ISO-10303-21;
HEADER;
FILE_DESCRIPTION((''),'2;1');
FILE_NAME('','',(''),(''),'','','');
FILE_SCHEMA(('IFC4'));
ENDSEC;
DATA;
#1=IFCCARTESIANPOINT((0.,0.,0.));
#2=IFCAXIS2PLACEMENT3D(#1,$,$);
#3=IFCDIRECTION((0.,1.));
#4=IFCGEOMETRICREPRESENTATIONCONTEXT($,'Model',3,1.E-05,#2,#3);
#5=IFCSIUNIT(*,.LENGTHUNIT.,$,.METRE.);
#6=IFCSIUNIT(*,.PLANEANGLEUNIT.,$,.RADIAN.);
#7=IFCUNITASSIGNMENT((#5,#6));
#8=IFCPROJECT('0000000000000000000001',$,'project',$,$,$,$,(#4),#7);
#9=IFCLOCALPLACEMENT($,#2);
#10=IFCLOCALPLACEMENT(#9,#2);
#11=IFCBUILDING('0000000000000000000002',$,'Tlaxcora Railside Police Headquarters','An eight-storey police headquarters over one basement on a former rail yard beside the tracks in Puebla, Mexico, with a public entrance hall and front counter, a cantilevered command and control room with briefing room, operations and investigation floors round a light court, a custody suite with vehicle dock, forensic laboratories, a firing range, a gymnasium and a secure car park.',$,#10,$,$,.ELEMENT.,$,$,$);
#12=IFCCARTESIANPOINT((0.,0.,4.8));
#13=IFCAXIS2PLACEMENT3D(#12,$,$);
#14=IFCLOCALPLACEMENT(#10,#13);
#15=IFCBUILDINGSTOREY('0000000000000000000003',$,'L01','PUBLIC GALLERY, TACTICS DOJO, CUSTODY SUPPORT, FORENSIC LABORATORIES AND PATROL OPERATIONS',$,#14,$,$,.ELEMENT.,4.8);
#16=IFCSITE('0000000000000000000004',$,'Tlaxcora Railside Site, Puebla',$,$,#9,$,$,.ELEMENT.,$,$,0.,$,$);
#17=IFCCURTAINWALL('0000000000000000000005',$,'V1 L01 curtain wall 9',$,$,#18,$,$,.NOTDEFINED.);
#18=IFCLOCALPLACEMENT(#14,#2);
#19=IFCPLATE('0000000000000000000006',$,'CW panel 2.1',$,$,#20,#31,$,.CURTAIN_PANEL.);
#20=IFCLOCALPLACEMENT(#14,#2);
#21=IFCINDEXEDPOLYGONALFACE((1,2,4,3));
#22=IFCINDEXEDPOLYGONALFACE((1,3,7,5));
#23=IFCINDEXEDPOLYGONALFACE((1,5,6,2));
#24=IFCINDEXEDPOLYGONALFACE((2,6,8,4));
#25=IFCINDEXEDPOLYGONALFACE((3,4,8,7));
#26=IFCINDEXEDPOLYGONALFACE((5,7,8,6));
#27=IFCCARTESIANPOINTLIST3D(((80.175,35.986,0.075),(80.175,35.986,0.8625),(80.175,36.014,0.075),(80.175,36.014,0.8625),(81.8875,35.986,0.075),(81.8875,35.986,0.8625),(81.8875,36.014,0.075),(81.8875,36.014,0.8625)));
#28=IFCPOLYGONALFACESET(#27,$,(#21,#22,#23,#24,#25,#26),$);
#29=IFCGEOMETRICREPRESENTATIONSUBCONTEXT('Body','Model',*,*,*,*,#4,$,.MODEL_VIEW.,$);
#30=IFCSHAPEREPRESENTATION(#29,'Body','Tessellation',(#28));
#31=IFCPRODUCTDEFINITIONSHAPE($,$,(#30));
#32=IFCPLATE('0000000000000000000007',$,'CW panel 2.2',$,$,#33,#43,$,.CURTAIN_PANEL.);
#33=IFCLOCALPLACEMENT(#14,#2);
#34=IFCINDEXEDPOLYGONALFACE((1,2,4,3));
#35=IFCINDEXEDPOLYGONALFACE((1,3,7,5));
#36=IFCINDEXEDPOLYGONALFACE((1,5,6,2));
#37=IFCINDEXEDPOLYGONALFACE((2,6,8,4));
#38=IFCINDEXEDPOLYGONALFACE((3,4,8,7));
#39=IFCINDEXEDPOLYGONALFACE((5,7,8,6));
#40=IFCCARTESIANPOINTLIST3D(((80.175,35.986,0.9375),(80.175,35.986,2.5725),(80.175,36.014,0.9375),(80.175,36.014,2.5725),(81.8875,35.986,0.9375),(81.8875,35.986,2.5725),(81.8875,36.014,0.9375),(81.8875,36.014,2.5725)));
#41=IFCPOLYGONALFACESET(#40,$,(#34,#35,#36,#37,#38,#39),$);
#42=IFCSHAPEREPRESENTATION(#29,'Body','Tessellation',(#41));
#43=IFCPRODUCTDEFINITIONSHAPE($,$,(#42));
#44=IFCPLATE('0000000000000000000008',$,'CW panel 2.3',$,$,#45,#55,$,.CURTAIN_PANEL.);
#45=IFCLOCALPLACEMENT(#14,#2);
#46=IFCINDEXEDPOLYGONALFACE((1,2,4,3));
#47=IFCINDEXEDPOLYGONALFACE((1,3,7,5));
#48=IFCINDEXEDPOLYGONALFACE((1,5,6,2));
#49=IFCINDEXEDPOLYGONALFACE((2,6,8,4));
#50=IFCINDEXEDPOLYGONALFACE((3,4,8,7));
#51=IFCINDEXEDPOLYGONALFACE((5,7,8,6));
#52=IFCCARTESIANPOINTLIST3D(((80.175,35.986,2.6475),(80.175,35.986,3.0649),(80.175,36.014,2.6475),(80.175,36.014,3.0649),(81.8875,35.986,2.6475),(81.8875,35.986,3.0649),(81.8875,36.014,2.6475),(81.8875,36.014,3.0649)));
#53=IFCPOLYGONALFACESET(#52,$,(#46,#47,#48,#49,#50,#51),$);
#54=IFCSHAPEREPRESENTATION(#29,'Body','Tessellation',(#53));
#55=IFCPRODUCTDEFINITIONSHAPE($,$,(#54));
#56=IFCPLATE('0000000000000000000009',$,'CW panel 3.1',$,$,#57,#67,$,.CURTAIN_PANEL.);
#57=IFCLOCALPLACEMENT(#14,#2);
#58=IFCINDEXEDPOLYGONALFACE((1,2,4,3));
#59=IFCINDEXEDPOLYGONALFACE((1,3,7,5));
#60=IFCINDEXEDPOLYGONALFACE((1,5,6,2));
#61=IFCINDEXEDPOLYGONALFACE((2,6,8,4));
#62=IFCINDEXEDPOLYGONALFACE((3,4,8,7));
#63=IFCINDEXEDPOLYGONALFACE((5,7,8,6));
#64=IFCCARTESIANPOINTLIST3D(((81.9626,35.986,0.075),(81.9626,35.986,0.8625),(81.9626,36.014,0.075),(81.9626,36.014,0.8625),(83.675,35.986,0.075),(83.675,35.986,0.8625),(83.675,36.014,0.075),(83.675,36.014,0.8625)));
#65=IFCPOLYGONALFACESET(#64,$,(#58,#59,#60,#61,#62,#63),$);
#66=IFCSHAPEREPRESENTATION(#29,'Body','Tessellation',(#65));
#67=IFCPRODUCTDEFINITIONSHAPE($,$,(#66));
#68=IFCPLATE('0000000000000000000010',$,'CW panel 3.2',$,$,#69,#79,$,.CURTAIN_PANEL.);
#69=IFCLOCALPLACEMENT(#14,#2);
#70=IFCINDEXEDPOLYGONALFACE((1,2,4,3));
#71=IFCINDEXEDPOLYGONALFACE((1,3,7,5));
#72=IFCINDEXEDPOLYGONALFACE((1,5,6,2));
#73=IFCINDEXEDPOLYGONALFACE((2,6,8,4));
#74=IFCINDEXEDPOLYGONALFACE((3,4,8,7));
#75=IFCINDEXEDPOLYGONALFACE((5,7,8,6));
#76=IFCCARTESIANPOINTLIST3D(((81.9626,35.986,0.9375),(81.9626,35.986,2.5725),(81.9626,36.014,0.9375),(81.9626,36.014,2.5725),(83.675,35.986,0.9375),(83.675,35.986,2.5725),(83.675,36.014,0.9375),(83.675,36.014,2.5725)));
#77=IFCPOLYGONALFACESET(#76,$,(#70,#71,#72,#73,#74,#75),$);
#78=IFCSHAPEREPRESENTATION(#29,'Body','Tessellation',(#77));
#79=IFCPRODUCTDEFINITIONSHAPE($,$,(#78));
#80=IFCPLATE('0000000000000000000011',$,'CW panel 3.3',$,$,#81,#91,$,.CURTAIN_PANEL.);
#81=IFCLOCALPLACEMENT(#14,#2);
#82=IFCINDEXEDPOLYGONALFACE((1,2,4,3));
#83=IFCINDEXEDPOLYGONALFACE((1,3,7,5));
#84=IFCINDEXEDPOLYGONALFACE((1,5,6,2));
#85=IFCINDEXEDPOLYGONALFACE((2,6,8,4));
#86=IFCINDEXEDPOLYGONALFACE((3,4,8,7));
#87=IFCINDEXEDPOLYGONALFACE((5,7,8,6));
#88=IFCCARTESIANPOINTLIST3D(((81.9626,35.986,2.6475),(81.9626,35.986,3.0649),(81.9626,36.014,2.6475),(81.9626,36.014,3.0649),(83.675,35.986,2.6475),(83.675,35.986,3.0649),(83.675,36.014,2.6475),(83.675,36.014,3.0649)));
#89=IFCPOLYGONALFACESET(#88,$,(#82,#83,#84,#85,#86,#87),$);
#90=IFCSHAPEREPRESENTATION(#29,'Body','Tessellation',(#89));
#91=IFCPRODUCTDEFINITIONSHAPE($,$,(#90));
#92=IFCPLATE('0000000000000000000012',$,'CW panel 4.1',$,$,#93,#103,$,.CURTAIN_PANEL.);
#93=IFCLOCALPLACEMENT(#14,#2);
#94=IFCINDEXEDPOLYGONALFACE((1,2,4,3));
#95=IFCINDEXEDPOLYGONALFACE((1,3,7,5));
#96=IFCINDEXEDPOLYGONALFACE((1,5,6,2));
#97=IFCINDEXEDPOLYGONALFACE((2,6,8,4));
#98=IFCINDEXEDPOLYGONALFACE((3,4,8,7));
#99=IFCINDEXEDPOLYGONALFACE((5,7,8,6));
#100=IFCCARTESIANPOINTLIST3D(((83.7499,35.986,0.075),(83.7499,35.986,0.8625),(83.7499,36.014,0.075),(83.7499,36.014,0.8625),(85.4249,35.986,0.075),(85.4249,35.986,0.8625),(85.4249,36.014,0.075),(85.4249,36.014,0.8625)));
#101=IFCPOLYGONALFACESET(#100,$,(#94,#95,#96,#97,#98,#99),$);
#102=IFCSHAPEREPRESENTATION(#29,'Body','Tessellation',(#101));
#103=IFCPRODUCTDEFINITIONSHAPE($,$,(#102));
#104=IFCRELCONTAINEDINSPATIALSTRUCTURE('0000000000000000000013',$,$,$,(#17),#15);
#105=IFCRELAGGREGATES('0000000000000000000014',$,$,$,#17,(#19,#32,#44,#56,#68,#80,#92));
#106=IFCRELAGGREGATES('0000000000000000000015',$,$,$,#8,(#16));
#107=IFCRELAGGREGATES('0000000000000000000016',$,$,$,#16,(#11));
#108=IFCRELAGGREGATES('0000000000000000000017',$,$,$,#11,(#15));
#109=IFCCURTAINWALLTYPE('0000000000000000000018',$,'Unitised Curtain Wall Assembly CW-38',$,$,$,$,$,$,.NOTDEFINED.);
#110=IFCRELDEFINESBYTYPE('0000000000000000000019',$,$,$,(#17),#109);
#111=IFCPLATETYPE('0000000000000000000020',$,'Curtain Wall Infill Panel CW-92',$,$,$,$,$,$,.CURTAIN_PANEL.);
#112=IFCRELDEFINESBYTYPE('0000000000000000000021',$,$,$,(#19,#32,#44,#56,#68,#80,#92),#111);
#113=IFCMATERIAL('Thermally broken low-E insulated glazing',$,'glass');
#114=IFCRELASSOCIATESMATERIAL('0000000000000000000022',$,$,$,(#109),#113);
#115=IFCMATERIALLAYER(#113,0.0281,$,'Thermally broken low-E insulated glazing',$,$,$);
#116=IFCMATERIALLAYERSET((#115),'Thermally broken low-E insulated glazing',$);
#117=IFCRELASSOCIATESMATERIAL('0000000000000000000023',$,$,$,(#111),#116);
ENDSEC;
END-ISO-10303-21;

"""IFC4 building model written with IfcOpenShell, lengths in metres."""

from ifc_helpers import new_model, si_unit, direction, frame, origin, origin_2d, place, context, subcontext, project, spatial, rectangle, extrude, material, layer, layer_set, type_object, element, aggregate, save


model = new_model("IFC4")

# Units and contexts
model_context = context("Model", 3, precision=1e-05, world=origin(), true_north=direction((0.0, 1.0)))
body_context = subcontext(model_context, "Body", "Model", "MODEL_VIEW")
ifc_project = project(units=[si_unit("LENGTHUNIT", "METRE"), si_unit("PLANEANGLEUNIT", "RADIAN")], contexts=[model_context])

# Site, building, storey
site_placement = place(None, origin())
site = spatial("IfcSite", under=ifc_project, at=site_placement, Name="Tlaxcora Railside Site, Puebla", CompositionType="ELEMENT", RefElevation=0.0)
building_placement = place(site_placement, origin())
building = spatial("IfcBuilding", under=site, at=building_placement, Name="Tlaxcora Railside Police Headquarters", Description="An eight-storey police headquarters over one basement on a former rail yard beside the tracks in Puebla, Mexico, with a public entrance hall and front counter, a cantilevered command and control room with briefing room, operations and investigation floors round a light court, a custody suite with vehicle dock, forensic laboratories, a firing range, a gymnasium and a secure car park.", CompositionType="ELEMENT")
storey_placement = place(building_placement, frame((0.0, 0.0, 4.8)))
storey = spatial("IfcBuildingStorey", under=building, at=storey_placement, Name="L01", Description="PUBLIC GALLERY, TACTICS DOJO, CUSTODY SUPPORT, FORENSIC LABORATORIES AND PATROL OPERATIONS", CompositionType="ELEMENT", Elevation=4.8)

# Curtain wall, plates
ifc_material_1 = material(Name="Thermally broken low-E insulated glazing", Category="glass")
curtain_wall_type = type_object("IfcCurtainWallType", Name="Unitised Curtain Wall Assembly CW-38", PredefinedType="NOTDEFINED", material=ifc_material_1)
curtain_wall_placement = place(storey_placement, origin())
curtain_wall = element("IfcCurtainWall", 1, at=curtain_wall_placement, inside=storey, type_object=curtain_wall_type, Name="V1 L01 curtain wall 9", PredefinedType="NOTDEFINED")
ifc_layer = layer(ifc_material_1, 0.0281, Name="Thermally broken low-E insulated glazing")
ifc_layer_set = layer_set([ifc_layer], Name="Thermally broken low-E insulated glazing")
plate_type = type_object("IfcPlateType", Name="Curtain Wall Infill Panel CW-92", PredefinedType="CURTAIN_PANEL", material=ifc_layer_set)
plate_1_placement = place(storey_placement, frame((81.0312, 36.0, 0.075), z_axis=(0.0, 0.0, 1.0), x_axis=(1.0, 0.0, 0.0)))
plate_1 = element("IfcPlate", 2, at=plate_1_placement, type_object=plate_type, Name="CW panel 2.1", PredefinedType="CURTAIN_PANEL", context=body_context, shape_type="SweptSolid", body=[
    extrude(rectangle(XDim=1.7124, YDim=0.0281, at=origin_2d()), origin(), (0.0, 0.0, 1.0), 0.7876),
])
plate_2_placement = place(storey_placement, frame((81.0312, 36.0, 0.9375), z_axis=(0.0, 0.0, 1.0), x_axis=(1.0, 0.0, 0.0)))
plate_2 = element("IfcPlate", 3, at=plate_2_placement, type_object=plate_type, Name="CW panel 2.2", PredefinedType="CURTAIN_PANEL", context=body_context, shape_type="SweptSolid", body=[
    extrude(rectangle(XDim=1.7124, YDim=0.0281, at=origin_2d()), origin(), (0.0, 0.0, 1.0), 1.635),
])
plate_3_placement = place(storey_placement, frame((81.0312, 36.0, 2.6475), z_axis=(0.0, 0.0, 1.0), x_axis=(1.0, 0.0, 0.0)))
plate_3 = element("IfcPlate", 4, at=plate_3_placement, type_object=plate_type, Name="CW panel 2.3", PredefinedType="CURTAIN_PANEL", context=body_context, shape_type="SweptSolid", body=[
    extrude(rectangle(XDim=1.7124, YDim=0.0281, at=origin_2d()), origin(), (0.0, 0.0, 1.0), 0.4175),
])
plate_4_placement = place(storey_placement, frame((82.8188, 36.0, 0.075), z_axis=(0.0, 0.0, 1.0), x_axis=(1.0, 0.0, 0.0)))
plate_4 = element("IfcPlate", 5, at=plate_4_placement, type_object=plate_type, Name="CW panel 3.1", PredefinedType="CURTAIN_PANEL", context=body_context, shape_type="SweptSolid", body=[
    extrude(rectangle(XDim=1.7124, YDim=0.0281, at=origin_2d()), origin(), (0.0, 0.0, 1.0), 0.7876),
])
plate_5_placement = place(storey_placement, frame((82.8188, 36.0, 0.9375), z_axis=(0.0, 0.0, 1.0), x_axis=(1.0, 0.0, 0.0)))
plate_5 = element("IfcPlate", 6, at=plate_5_placement, type_object=plate_type, Name="CW panel 3.2", PredefinedType="CURTAIN_PANEL", context=body_context, shape_type="SweptSolid", body=[
    extrude(rectangle(XDim=1.7124, YDim=0.0281, at=origin_2d()), origin(), (0.0, 0.0, 1.0), 1.635),
])
plate_6_placement = place(storey_placement, frame((82.8188, 36.0, 2.6475), z_axis=(0.0, 0.0, 1.0), x_axis=(1.0, 0.0, 0.0)))
plate_6 = element("IfcPlate", 7, at=plate_6_placement, type_object=plate_type, Name="CW panel 3.3", PredefinedType="CURTAIN_PANEL", context=body_context, shape_type="SweptSolid", body=[
    extrude(rectangle(XDim=1.7124, YDim=0.0281, at=origin_2d()), origin(), (0.0, 0.0, 1.0), 0.4175),
])
plate_7_placement = place(storey_placement, frame((84.5874, 36.0, 0.075), z_axis=(0.0, 0.0, 1.0), x_axis=(1.0, 0.0, 0.0)))
plate_7 = element("IfcPlate", 8, at=plate_7_placement, type_object=plate_type, Name="CW panel 4.1", PredefinedType="CURTAIN_PANEL", context=body_context, shape_type="SweptSolid", body=[
    extrude(rectangle(XDim=1.675, YDim=0.0281, at=origin_2d()), origin(), (0.0, 0.0, 1.0), 0.7876),
])
aggregate(curtain_wall, [plate_1, plate_2, plate_3, plate_4, plate_5, plate_6, plate_7])

save(model, "model.ifc")
